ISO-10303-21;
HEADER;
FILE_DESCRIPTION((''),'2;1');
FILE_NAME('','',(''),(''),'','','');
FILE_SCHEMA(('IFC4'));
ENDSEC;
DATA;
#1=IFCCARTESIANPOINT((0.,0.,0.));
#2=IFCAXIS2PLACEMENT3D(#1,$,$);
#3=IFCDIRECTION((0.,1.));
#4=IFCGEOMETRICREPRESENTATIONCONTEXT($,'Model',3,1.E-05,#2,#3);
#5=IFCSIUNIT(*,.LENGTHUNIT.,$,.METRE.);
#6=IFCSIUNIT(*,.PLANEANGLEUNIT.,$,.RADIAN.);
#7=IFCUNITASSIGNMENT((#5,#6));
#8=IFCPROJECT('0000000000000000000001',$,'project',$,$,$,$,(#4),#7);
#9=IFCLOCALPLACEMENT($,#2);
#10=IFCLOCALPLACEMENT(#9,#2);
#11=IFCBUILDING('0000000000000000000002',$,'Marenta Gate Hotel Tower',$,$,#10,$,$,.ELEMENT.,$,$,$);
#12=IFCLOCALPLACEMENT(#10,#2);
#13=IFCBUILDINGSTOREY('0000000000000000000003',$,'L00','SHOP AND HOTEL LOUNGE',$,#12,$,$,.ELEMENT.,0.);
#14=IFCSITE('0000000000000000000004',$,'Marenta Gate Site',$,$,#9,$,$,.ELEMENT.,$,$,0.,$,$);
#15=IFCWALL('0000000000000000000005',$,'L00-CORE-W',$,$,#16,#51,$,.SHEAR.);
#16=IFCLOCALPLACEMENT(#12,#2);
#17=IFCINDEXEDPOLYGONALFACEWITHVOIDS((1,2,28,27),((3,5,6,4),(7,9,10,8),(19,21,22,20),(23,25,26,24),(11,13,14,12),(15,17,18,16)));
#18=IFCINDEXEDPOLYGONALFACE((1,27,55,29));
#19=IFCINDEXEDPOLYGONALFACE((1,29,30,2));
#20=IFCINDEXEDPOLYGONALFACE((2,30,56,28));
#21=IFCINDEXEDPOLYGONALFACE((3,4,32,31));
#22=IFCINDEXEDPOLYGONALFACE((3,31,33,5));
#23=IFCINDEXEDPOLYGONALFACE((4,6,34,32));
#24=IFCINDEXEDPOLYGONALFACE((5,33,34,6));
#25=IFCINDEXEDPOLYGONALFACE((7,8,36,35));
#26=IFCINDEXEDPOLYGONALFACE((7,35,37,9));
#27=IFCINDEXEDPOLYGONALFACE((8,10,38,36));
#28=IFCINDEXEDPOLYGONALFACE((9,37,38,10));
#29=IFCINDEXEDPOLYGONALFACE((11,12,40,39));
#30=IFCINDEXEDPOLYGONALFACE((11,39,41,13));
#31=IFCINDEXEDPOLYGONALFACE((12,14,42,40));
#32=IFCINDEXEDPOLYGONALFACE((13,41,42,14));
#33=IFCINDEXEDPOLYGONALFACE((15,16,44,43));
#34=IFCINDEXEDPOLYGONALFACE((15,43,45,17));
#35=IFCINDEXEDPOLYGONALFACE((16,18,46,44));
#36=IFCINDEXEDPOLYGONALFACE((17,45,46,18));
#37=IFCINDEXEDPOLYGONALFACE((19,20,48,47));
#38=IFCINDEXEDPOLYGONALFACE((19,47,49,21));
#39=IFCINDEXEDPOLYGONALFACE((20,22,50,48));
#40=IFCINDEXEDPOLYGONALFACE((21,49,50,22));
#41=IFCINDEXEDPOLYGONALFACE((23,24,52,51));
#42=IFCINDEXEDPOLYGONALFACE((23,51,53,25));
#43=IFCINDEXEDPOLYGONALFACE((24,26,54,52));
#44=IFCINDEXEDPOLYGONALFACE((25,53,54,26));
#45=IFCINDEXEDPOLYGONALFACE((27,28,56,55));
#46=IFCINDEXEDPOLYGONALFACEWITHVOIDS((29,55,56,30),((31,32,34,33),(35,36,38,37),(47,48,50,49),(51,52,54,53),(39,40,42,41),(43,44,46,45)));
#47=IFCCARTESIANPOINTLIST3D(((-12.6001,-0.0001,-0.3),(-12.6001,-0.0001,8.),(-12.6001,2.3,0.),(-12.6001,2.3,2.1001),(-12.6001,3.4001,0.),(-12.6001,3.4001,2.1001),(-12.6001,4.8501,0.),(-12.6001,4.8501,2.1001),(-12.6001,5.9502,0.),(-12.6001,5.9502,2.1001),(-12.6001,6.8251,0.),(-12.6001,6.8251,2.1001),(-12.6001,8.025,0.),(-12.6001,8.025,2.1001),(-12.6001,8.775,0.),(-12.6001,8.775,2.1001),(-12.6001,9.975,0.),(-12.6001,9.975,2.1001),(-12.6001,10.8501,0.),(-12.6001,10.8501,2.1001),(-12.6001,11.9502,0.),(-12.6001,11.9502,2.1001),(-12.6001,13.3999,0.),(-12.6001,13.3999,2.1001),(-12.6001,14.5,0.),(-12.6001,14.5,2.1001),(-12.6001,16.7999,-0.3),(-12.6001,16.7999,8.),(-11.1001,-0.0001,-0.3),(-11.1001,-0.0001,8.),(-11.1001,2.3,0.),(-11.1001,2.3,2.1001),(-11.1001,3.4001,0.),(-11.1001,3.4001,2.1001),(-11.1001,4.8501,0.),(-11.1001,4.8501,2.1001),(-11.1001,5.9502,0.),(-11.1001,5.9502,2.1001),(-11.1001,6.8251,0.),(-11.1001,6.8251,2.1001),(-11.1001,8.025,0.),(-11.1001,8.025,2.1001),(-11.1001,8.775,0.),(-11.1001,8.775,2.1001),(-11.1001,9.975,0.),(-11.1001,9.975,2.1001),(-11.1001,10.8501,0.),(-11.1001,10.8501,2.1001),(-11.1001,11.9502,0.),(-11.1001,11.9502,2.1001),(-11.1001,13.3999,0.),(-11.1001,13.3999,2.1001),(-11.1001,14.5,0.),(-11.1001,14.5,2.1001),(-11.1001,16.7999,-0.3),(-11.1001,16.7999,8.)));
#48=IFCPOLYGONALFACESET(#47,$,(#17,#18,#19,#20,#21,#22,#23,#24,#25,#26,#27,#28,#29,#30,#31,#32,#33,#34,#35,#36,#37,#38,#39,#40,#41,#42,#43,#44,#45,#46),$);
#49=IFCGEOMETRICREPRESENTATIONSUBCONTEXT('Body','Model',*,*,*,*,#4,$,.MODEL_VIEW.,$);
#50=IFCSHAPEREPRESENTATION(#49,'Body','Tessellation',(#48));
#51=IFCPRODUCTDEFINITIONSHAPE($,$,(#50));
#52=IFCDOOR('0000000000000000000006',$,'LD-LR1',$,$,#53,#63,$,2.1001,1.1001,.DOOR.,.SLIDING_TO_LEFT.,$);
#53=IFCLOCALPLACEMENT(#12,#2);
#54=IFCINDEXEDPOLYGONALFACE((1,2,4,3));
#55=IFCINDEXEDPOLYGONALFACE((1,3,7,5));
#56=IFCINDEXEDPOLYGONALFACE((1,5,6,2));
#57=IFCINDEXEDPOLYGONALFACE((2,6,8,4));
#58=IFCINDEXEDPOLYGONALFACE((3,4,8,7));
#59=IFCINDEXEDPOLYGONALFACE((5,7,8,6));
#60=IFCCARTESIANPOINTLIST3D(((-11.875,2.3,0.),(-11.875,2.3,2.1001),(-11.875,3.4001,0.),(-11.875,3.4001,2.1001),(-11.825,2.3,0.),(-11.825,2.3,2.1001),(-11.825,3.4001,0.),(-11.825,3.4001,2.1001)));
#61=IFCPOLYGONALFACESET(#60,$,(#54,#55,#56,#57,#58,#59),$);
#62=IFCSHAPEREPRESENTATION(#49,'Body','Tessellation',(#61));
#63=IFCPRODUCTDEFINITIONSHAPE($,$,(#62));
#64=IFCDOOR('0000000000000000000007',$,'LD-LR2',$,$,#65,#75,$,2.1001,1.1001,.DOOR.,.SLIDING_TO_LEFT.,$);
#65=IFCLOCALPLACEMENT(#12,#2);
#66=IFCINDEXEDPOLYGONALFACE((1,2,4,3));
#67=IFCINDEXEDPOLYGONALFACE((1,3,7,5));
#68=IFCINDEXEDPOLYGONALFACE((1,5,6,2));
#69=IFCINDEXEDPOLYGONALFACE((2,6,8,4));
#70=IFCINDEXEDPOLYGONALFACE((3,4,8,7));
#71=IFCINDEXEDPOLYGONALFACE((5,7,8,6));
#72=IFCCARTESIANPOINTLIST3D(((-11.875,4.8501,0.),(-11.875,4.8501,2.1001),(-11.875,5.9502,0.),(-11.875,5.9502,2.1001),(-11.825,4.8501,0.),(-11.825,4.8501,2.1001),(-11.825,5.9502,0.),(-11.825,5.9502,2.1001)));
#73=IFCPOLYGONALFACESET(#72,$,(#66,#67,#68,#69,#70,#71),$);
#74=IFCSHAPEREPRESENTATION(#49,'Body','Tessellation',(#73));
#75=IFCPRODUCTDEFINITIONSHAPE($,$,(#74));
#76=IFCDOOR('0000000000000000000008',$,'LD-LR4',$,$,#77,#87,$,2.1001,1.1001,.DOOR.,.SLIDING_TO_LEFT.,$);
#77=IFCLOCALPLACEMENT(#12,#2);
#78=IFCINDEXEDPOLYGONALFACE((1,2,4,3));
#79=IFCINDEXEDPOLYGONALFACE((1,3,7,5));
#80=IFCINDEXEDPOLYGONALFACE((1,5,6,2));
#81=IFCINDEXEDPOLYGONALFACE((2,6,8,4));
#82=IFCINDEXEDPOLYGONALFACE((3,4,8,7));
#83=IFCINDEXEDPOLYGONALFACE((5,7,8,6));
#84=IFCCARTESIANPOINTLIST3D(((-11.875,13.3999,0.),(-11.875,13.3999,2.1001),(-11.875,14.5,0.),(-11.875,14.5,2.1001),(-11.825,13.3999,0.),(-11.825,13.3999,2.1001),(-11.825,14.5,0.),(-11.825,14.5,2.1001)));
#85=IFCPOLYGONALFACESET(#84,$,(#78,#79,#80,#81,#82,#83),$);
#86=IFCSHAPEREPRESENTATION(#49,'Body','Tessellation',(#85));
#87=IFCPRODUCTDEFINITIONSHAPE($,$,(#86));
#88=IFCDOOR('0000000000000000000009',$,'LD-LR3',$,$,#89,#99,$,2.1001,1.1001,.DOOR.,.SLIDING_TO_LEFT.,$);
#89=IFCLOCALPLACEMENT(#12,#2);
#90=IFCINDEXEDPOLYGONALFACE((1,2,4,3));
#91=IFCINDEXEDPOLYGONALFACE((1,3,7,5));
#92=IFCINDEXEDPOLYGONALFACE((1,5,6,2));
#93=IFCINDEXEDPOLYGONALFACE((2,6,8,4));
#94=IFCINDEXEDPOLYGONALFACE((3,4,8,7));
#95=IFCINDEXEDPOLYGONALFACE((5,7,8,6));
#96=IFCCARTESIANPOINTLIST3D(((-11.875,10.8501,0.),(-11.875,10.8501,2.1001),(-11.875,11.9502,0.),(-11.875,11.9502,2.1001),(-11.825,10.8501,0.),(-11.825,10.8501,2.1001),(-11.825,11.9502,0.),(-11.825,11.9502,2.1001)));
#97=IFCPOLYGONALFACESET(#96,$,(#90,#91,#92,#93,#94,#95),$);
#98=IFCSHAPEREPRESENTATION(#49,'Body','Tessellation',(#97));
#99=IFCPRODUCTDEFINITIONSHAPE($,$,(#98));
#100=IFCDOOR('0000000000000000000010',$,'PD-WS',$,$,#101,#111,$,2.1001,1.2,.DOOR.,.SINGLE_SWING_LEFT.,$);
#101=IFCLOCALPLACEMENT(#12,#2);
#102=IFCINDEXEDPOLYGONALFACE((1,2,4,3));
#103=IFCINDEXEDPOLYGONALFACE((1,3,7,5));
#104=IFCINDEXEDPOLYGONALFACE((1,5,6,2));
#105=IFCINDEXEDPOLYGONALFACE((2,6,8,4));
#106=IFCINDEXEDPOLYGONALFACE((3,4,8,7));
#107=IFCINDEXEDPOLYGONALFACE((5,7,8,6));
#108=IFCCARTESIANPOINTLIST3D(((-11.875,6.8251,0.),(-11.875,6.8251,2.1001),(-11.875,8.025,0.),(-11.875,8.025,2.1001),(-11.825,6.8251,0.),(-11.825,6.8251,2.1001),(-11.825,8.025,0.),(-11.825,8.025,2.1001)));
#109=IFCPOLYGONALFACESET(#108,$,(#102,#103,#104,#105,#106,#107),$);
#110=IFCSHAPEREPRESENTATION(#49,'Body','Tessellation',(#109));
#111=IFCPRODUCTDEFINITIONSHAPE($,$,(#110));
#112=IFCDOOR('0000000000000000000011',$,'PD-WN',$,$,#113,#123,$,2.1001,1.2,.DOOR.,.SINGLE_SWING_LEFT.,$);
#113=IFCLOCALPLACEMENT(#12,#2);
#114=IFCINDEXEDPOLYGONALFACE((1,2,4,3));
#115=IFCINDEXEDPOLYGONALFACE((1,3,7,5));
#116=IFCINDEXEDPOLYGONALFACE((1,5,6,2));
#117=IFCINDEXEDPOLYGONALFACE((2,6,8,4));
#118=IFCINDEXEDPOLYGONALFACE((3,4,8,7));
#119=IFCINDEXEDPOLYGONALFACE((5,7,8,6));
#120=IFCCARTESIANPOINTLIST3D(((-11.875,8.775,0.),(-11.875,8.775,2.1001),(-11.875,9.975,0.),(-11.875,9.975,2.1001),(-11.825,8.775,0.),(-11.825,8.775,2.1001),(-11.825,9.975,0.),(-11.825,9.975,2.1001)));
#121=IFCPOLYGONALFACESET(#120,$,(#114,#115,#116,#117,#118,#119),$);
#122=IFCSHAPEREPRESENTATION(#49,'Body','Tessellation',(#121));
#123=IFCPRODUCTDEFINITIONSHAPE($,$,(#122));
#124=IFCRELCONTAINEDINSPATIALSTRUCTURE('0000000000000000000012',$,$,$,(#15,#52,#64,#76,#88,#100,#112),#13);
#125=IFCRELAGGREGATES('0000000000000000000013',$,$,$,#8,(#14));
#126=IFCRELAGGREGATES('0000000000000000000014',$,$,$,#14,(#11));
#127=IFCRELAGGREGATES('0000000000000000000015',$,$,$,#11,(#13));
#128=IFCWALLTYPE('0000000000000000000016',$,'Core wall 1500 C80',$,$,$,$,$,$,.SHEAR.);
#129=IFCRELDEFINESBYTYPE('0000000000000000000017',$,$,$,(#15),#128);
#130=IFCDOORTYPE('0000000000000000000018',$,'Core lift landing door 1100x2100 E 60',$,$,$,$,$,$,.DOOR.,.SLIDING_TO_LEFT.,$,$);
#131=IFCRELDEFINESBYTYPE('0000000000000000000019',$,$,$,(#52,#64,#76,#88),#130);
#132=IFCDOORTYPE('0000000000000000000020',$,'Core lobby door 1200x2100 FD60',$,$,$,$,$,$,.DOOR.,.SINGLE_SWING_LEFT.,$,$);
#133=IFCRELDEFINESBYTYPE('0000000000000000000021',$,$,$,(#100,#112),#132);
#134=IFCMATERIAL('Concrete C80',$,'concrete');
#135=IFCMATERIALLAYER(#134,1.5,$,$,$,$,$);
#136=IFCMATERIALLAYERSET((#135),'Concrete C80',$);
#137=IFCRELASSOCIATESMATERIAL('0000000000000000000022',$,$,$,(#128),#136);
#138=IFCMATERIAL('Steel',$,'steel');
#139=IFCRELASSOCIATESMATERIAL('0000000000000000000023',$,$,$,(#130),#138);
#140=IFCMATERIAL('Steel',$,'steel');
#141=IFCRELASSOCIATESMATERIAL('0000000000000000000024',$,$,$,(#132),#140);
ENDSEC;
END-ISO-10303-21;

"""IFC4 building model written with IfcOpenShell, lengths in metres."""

from ifc_helpers import new_model, si_unit, direction, frame, frame_2d, origin, place, context, subcontext, project, spatial, rectangle, extrude, material, layer, layer_set, type_object, element, fill, save


model = new_model("IFC4")

# Units and contexts
model_context = context("Model", 3, precision=1e-05, world=origin(), true_north=direction((0.0, 1.0)))
body_context = subcontext(model_context, "Body", "Model", "MODEL_VIEW")
ifc_project = project(units=[si_unit("LENGTHUNIT", "METRE"), si_unit("PLANEANGLEUNIT", "RADIAN")], contexts=[model_context])

# Site, building, storey
site_placement = place(None, origin())
site = spatial("IfcSite", under=ifc_project, at=site_placement, Name="Marenta Gate Site", CompositionType="ELEMENT", RefElevation=0.0)
building_placement = place(site_placement, origin())
building = spatial("IfcBuilding", under=site, at=building_placement, Name="Marenta Gate Hotel Tower", CompositionType="ELEMENT")
storey_placement = place(building_placement, origin())
storey = spatial("IfcBuildingStorey", under=building, at=storey_placement, Name="L00", Description="SHOP AND HOTEL LOUNGE", CompositionType="ELEMENT", Elevation=0.0)

# Wall, openings, doors
ifc_material_1 = material(Name="Concrete C80", Category="concrete")
ifc_layer_1 = layer(ifc_material_1, 1.5)
ifc_layer_set_1 = layer_set([ifc_layer_1], Name="Concrete C80")
wall_type = type_object("IfcWallType", Name="Core wall 1500 C80", PredefinedType="SHEAR", material=ifc_layer_set_1)
wall_placement = place(storey_placement, frame((-11.8501, 0.0, -0.3), z_axis=(0.0, 0.0, 1.0), x_axis=(0.0, 1.0, 0.0)))
wall = element("IfcWall", 1, at=wall_placement, inside=storey, type_object=wall_type, Name="L00-CORE-W", PredefinedType="SHEAR", context=body_context, shape_type="SweptSolid", body=[
    extrude(rectangle(XDim=16.8, YDim=1.5, at=frame_2d((8.3999, 0.0))), origin(), (0.0, 0.0, 1.0), 8.3),
])
opening_1_placement = place(wall_placement, frame((2.3, 0.0, 0.3)))
opening_1 = element("IfcOpeningElement", 2, at=opening_1_placement, cuts=wall, PredefinedType="OPENING", context=body_context, shape_type="SweptSolid", body=[
    extrude(rectangle(XDim=1.1001, YDim=2.1001, at=frame_2d((0.55, 1.05))), frame((0.0, 0.75, 0.0), z_axis=(0.0, -1.0, 0.0), x_axis=(1.0, 0.0, 0.0)), (0.0, 0.0, 1.0), 1.5),
])
opening_2_placement = place(wall_placement, frame((4.8501, 0.0, 0.3)))
opening_2 = element("IfcOpeningElement", 3, at=opening_2_placement, cuts=wall, PredefinedType="OPENING", context=body_context, shape_type="SweptSolid", body=[
    extrude(rectangle(XDim=1.1001, YDim=2.1001, at=frame_2d((0.55, 1.05))), frame((0.0, 0.75, 0.0), z_axis=(0.0, -1.0, 0.0), x_axis=(1.0, 0.0, 0.0)), (0.0, 0.0, 1.0), 1.5),
])
opening_3_placement = place(wall_placement, frame((6.825, 0.0, 0.3)))
opening_3 = element("IfcOpeningElement", 4, at=opening_3_placement, cuts=wall, PredefinedType="OPENING", context=body_context, shape_type="SweptSolid", body=[
    extrude(rectangle(XDim=1.2, YDim=2.1001, at=frame_2d((0.6001, 1.05))), frame((0.0, 0.75, 0.0), z_axis=(0.0, -1.0, 0.0), x_axis=(1.0, 0.0, 0.0)), (0.0, 0.0, 1.0), 1.5),
])
opening_4_placement = place(wall_placement, frame((13.3999, 0.0, 0.3)))
opening_4 = element("IfcOpeningElement", 5, at=opening_4_placement, cuts=wall, PredefinedType="OPENING", context=body_context, shape_type="SweptSolid", body=[
    extrude(rectangle(XDim=1.1001, YDim=2.1001, at=frame_2d((0.55, 1.05))), frame((0.0, 0.75, 0.0), z_axis=(0.0, -1.0, 0.0), x_axis=(1.0, 0.0, 0.0)), (0.0, 0.0, 1.0), 1.5),
])
opening_5_placement = place(wall_placement, frame((10.8501, 0.0, 0.3)))
opening_5 = element("IfcOpeningElement", 6, at=opening_5_placement, cuts=wall, PredefinedType="OPENING", context=body_context, shape_type="SweptSolid", body=[
    extrude(rectangle(XDim=1.1001, YDim=2.1001, at=frame_2d((0.55, 1.05))), frame((0.0, 0.75, 0.0), z_axis=(0.0, -1.0, 0.0), x_axis=(1.0, 0.0, 0.0)), (0.0, 0.0, 1.0), 1.5),
])
opening_6_placement = place(wall_placement, frame((8.7749, 0.0, 0.3)))
opening_6 = element("IfcOpeningElement", 7, at=opening_6_placement, cuts=wall, PredefinedType="OPENING", context=body_context, shape_type="SweptSolid", body=[
    extrude(rectangle(XDim=1.2, YDim=2.1001, at=frame_2d((0.6001, 1.05))), frame((0.0, 0.75, 0.0), z_axis=(0.0, -1.0, 0.0), x_axis=(1.0, 0.0, 0.0)), (0.0, 0.0, 1.0), 1.5),
])
ifc_material_2 = material(Name="Steel", Category="steel")
door_type_1 = type_object("IfcDoorType", Name="Core lift landing door 1100x2100 E 60", OperationType="SLIDING_TO_LEFT", PredefinedType="DOOR", material=ifc_material_2)
door_1_placement = place(opening_1_placement, origin())
door_1 = element("IfcDoor", 8, at=door_1_placement, inside=storey, type_object=door_type_1, Name="LD-LR1", OperationType="SLIDING_TO_LEFT", OverallHeight=2.1001, OverallWidth=1.1001, PredefinedType="DOOR", context=body_context, shape_type="SweptSolid", body=[
    extrude(rectangle(XDim=1.1001, YDim=2.1001, at=frame_2d((0.55, 1.05))), frame((0.0, 0.0249, 0.0), z_axis=(0.0, -1.0, 0.0), x_axis=(1.0, 0.0, 0.0)), (0.0, 0.0, 1.0), 0.05),
])
fill(opening_1, door_1)
door_2_placement = place(opening_2_placement, origin())
door_2 = element("IfcDoor", 9, at=door_2_placement, inside=storey, type_object=door_type_1, Name="LD-LR2", OperationType="SLIDING_TO_LEFT", OverallHeight=2.1001, OverallWidth=1.1001, PredefinedType="DOOR", context=body_context, shape_type="SweptSolid", body=[
    extrude(rectangle(XDim=1.1001, YDim=2.1001, at=frame_2d((0.55, 1.05))), frame((0.0, 0.0249, 0.0), z_axis=(0.0, -1.0, 0.0), x_axis=(1.0, 0.0, 0.0)), (0.0, 0.0, 1.0), 0.05),
])
fill(opening_2, door_2)
door_3_placement = place(opening_4_placement, origin())
door_3 = element("IfcDoor", 10, at=door_3_placement, inside=storey, type_object=door_type_1, Name="LD-LR4", OperationType="SLIDING_TO_LEFT", OverallHeight=2.1001, OverallWidth=1.1001, PredefinedType="DOOR", context=body_context, shape_type="SweptSolid", body=[
    extrude(rectangle(XDim=1.1001, YDim=2.1001, at=frame_2d((0.55, 1.05))), frame((0.0, 0.0249, 0.0), z_axis=(0.0, -1.0, 0.0), x_axis=(1.0, 0.0, 0.0)), (0.0, 0.0, 1.0), 0.05),
])
fill(opening_4, door_3)
door_4_placement = place(opening_5_placement, origin())
door_4 = element("IfcDoor", 11, at=door_4_placement, inside=storey, type_object=door_type_1, Name="LD-LR3", OperationType="SLIDING_TO_LEFT", OverallHeight=2.1001, OverallWidth=1.1001, PredefinedType="DOOR", context=body_context, shape_type="SweptSolid", body=[
    extrude(rectangle(XDim=1.1001, YDim=2.1001, at=frame_2d((0.55, 1.05))), frame((0.0, 0.0249, 0.0), z_axis=(0.0, -1.0, 0.0), x_axis=(1.0, 0.0, 0.0)), (0.0, 0.0, 1.0), 0.05),
])
fill(opening_5, door_4)
ifc_material_3 = material(Name="Steel", Category="steel")
door_type_2 = type_object("IfcDoorType", Name="Core lobby door 1200x2100 FD60", OperationType="SINGLE_SWING_LEFT", PredefinedType="DOOR", material=ifc_material_3)
door_5_placement = place(opening_3_placement, origin())
door_5 = element("IfcDoor", 12, at=door_5_placement, inside=storey, type_object=door_type_2, Name="PD-WS", OperationType="SINGLE_SWING_LEFT", OverallHeight=2.1001, OverallWidth=1.2, PredefinedType="DOOR", context=body_context, shape_type="SweptSolid", body=[
    extrude(rectangle(XDim=1.2, YDim=2.1001, at=frame_2d((0.6001, 1.05))), frame((0.0, 0.0249, 0.0), z_axis=(0.0, -1.0, 0.0), x_axis=(1.0, 0.0, 0.0)), (0.0, 0.0, 1.0), 0.05),
])
fill(opening_3, door_5)
door_6_placement = place(opening_6_placement, origin())
door_6 = element("IfcDoor", 13, at=door_6_placement, inside=storey, type_object=door_type_2, Name="PD-WN", OperationType="SINGLE_SWING_LEFT", OverallHeight=2.1001, OverallWidth=1.2, PredefinedType="DOOR", context=body_context, shape_type="SweptSolid", body=[
    extrude(rectangle(XDim=1.2, YDim=2.1001, at=frame_2d((0.6001, 1.05))), frame((0.0, 0.0249, 0.0), z_axis=(0.0, -1.0, 0.0), x_axis=(1.0, 0.0, 0.0)), (0.0, 0.0, 1.0), 0.05),
])
fill(opening_6, door_6)

save(model, "model.ifc")
